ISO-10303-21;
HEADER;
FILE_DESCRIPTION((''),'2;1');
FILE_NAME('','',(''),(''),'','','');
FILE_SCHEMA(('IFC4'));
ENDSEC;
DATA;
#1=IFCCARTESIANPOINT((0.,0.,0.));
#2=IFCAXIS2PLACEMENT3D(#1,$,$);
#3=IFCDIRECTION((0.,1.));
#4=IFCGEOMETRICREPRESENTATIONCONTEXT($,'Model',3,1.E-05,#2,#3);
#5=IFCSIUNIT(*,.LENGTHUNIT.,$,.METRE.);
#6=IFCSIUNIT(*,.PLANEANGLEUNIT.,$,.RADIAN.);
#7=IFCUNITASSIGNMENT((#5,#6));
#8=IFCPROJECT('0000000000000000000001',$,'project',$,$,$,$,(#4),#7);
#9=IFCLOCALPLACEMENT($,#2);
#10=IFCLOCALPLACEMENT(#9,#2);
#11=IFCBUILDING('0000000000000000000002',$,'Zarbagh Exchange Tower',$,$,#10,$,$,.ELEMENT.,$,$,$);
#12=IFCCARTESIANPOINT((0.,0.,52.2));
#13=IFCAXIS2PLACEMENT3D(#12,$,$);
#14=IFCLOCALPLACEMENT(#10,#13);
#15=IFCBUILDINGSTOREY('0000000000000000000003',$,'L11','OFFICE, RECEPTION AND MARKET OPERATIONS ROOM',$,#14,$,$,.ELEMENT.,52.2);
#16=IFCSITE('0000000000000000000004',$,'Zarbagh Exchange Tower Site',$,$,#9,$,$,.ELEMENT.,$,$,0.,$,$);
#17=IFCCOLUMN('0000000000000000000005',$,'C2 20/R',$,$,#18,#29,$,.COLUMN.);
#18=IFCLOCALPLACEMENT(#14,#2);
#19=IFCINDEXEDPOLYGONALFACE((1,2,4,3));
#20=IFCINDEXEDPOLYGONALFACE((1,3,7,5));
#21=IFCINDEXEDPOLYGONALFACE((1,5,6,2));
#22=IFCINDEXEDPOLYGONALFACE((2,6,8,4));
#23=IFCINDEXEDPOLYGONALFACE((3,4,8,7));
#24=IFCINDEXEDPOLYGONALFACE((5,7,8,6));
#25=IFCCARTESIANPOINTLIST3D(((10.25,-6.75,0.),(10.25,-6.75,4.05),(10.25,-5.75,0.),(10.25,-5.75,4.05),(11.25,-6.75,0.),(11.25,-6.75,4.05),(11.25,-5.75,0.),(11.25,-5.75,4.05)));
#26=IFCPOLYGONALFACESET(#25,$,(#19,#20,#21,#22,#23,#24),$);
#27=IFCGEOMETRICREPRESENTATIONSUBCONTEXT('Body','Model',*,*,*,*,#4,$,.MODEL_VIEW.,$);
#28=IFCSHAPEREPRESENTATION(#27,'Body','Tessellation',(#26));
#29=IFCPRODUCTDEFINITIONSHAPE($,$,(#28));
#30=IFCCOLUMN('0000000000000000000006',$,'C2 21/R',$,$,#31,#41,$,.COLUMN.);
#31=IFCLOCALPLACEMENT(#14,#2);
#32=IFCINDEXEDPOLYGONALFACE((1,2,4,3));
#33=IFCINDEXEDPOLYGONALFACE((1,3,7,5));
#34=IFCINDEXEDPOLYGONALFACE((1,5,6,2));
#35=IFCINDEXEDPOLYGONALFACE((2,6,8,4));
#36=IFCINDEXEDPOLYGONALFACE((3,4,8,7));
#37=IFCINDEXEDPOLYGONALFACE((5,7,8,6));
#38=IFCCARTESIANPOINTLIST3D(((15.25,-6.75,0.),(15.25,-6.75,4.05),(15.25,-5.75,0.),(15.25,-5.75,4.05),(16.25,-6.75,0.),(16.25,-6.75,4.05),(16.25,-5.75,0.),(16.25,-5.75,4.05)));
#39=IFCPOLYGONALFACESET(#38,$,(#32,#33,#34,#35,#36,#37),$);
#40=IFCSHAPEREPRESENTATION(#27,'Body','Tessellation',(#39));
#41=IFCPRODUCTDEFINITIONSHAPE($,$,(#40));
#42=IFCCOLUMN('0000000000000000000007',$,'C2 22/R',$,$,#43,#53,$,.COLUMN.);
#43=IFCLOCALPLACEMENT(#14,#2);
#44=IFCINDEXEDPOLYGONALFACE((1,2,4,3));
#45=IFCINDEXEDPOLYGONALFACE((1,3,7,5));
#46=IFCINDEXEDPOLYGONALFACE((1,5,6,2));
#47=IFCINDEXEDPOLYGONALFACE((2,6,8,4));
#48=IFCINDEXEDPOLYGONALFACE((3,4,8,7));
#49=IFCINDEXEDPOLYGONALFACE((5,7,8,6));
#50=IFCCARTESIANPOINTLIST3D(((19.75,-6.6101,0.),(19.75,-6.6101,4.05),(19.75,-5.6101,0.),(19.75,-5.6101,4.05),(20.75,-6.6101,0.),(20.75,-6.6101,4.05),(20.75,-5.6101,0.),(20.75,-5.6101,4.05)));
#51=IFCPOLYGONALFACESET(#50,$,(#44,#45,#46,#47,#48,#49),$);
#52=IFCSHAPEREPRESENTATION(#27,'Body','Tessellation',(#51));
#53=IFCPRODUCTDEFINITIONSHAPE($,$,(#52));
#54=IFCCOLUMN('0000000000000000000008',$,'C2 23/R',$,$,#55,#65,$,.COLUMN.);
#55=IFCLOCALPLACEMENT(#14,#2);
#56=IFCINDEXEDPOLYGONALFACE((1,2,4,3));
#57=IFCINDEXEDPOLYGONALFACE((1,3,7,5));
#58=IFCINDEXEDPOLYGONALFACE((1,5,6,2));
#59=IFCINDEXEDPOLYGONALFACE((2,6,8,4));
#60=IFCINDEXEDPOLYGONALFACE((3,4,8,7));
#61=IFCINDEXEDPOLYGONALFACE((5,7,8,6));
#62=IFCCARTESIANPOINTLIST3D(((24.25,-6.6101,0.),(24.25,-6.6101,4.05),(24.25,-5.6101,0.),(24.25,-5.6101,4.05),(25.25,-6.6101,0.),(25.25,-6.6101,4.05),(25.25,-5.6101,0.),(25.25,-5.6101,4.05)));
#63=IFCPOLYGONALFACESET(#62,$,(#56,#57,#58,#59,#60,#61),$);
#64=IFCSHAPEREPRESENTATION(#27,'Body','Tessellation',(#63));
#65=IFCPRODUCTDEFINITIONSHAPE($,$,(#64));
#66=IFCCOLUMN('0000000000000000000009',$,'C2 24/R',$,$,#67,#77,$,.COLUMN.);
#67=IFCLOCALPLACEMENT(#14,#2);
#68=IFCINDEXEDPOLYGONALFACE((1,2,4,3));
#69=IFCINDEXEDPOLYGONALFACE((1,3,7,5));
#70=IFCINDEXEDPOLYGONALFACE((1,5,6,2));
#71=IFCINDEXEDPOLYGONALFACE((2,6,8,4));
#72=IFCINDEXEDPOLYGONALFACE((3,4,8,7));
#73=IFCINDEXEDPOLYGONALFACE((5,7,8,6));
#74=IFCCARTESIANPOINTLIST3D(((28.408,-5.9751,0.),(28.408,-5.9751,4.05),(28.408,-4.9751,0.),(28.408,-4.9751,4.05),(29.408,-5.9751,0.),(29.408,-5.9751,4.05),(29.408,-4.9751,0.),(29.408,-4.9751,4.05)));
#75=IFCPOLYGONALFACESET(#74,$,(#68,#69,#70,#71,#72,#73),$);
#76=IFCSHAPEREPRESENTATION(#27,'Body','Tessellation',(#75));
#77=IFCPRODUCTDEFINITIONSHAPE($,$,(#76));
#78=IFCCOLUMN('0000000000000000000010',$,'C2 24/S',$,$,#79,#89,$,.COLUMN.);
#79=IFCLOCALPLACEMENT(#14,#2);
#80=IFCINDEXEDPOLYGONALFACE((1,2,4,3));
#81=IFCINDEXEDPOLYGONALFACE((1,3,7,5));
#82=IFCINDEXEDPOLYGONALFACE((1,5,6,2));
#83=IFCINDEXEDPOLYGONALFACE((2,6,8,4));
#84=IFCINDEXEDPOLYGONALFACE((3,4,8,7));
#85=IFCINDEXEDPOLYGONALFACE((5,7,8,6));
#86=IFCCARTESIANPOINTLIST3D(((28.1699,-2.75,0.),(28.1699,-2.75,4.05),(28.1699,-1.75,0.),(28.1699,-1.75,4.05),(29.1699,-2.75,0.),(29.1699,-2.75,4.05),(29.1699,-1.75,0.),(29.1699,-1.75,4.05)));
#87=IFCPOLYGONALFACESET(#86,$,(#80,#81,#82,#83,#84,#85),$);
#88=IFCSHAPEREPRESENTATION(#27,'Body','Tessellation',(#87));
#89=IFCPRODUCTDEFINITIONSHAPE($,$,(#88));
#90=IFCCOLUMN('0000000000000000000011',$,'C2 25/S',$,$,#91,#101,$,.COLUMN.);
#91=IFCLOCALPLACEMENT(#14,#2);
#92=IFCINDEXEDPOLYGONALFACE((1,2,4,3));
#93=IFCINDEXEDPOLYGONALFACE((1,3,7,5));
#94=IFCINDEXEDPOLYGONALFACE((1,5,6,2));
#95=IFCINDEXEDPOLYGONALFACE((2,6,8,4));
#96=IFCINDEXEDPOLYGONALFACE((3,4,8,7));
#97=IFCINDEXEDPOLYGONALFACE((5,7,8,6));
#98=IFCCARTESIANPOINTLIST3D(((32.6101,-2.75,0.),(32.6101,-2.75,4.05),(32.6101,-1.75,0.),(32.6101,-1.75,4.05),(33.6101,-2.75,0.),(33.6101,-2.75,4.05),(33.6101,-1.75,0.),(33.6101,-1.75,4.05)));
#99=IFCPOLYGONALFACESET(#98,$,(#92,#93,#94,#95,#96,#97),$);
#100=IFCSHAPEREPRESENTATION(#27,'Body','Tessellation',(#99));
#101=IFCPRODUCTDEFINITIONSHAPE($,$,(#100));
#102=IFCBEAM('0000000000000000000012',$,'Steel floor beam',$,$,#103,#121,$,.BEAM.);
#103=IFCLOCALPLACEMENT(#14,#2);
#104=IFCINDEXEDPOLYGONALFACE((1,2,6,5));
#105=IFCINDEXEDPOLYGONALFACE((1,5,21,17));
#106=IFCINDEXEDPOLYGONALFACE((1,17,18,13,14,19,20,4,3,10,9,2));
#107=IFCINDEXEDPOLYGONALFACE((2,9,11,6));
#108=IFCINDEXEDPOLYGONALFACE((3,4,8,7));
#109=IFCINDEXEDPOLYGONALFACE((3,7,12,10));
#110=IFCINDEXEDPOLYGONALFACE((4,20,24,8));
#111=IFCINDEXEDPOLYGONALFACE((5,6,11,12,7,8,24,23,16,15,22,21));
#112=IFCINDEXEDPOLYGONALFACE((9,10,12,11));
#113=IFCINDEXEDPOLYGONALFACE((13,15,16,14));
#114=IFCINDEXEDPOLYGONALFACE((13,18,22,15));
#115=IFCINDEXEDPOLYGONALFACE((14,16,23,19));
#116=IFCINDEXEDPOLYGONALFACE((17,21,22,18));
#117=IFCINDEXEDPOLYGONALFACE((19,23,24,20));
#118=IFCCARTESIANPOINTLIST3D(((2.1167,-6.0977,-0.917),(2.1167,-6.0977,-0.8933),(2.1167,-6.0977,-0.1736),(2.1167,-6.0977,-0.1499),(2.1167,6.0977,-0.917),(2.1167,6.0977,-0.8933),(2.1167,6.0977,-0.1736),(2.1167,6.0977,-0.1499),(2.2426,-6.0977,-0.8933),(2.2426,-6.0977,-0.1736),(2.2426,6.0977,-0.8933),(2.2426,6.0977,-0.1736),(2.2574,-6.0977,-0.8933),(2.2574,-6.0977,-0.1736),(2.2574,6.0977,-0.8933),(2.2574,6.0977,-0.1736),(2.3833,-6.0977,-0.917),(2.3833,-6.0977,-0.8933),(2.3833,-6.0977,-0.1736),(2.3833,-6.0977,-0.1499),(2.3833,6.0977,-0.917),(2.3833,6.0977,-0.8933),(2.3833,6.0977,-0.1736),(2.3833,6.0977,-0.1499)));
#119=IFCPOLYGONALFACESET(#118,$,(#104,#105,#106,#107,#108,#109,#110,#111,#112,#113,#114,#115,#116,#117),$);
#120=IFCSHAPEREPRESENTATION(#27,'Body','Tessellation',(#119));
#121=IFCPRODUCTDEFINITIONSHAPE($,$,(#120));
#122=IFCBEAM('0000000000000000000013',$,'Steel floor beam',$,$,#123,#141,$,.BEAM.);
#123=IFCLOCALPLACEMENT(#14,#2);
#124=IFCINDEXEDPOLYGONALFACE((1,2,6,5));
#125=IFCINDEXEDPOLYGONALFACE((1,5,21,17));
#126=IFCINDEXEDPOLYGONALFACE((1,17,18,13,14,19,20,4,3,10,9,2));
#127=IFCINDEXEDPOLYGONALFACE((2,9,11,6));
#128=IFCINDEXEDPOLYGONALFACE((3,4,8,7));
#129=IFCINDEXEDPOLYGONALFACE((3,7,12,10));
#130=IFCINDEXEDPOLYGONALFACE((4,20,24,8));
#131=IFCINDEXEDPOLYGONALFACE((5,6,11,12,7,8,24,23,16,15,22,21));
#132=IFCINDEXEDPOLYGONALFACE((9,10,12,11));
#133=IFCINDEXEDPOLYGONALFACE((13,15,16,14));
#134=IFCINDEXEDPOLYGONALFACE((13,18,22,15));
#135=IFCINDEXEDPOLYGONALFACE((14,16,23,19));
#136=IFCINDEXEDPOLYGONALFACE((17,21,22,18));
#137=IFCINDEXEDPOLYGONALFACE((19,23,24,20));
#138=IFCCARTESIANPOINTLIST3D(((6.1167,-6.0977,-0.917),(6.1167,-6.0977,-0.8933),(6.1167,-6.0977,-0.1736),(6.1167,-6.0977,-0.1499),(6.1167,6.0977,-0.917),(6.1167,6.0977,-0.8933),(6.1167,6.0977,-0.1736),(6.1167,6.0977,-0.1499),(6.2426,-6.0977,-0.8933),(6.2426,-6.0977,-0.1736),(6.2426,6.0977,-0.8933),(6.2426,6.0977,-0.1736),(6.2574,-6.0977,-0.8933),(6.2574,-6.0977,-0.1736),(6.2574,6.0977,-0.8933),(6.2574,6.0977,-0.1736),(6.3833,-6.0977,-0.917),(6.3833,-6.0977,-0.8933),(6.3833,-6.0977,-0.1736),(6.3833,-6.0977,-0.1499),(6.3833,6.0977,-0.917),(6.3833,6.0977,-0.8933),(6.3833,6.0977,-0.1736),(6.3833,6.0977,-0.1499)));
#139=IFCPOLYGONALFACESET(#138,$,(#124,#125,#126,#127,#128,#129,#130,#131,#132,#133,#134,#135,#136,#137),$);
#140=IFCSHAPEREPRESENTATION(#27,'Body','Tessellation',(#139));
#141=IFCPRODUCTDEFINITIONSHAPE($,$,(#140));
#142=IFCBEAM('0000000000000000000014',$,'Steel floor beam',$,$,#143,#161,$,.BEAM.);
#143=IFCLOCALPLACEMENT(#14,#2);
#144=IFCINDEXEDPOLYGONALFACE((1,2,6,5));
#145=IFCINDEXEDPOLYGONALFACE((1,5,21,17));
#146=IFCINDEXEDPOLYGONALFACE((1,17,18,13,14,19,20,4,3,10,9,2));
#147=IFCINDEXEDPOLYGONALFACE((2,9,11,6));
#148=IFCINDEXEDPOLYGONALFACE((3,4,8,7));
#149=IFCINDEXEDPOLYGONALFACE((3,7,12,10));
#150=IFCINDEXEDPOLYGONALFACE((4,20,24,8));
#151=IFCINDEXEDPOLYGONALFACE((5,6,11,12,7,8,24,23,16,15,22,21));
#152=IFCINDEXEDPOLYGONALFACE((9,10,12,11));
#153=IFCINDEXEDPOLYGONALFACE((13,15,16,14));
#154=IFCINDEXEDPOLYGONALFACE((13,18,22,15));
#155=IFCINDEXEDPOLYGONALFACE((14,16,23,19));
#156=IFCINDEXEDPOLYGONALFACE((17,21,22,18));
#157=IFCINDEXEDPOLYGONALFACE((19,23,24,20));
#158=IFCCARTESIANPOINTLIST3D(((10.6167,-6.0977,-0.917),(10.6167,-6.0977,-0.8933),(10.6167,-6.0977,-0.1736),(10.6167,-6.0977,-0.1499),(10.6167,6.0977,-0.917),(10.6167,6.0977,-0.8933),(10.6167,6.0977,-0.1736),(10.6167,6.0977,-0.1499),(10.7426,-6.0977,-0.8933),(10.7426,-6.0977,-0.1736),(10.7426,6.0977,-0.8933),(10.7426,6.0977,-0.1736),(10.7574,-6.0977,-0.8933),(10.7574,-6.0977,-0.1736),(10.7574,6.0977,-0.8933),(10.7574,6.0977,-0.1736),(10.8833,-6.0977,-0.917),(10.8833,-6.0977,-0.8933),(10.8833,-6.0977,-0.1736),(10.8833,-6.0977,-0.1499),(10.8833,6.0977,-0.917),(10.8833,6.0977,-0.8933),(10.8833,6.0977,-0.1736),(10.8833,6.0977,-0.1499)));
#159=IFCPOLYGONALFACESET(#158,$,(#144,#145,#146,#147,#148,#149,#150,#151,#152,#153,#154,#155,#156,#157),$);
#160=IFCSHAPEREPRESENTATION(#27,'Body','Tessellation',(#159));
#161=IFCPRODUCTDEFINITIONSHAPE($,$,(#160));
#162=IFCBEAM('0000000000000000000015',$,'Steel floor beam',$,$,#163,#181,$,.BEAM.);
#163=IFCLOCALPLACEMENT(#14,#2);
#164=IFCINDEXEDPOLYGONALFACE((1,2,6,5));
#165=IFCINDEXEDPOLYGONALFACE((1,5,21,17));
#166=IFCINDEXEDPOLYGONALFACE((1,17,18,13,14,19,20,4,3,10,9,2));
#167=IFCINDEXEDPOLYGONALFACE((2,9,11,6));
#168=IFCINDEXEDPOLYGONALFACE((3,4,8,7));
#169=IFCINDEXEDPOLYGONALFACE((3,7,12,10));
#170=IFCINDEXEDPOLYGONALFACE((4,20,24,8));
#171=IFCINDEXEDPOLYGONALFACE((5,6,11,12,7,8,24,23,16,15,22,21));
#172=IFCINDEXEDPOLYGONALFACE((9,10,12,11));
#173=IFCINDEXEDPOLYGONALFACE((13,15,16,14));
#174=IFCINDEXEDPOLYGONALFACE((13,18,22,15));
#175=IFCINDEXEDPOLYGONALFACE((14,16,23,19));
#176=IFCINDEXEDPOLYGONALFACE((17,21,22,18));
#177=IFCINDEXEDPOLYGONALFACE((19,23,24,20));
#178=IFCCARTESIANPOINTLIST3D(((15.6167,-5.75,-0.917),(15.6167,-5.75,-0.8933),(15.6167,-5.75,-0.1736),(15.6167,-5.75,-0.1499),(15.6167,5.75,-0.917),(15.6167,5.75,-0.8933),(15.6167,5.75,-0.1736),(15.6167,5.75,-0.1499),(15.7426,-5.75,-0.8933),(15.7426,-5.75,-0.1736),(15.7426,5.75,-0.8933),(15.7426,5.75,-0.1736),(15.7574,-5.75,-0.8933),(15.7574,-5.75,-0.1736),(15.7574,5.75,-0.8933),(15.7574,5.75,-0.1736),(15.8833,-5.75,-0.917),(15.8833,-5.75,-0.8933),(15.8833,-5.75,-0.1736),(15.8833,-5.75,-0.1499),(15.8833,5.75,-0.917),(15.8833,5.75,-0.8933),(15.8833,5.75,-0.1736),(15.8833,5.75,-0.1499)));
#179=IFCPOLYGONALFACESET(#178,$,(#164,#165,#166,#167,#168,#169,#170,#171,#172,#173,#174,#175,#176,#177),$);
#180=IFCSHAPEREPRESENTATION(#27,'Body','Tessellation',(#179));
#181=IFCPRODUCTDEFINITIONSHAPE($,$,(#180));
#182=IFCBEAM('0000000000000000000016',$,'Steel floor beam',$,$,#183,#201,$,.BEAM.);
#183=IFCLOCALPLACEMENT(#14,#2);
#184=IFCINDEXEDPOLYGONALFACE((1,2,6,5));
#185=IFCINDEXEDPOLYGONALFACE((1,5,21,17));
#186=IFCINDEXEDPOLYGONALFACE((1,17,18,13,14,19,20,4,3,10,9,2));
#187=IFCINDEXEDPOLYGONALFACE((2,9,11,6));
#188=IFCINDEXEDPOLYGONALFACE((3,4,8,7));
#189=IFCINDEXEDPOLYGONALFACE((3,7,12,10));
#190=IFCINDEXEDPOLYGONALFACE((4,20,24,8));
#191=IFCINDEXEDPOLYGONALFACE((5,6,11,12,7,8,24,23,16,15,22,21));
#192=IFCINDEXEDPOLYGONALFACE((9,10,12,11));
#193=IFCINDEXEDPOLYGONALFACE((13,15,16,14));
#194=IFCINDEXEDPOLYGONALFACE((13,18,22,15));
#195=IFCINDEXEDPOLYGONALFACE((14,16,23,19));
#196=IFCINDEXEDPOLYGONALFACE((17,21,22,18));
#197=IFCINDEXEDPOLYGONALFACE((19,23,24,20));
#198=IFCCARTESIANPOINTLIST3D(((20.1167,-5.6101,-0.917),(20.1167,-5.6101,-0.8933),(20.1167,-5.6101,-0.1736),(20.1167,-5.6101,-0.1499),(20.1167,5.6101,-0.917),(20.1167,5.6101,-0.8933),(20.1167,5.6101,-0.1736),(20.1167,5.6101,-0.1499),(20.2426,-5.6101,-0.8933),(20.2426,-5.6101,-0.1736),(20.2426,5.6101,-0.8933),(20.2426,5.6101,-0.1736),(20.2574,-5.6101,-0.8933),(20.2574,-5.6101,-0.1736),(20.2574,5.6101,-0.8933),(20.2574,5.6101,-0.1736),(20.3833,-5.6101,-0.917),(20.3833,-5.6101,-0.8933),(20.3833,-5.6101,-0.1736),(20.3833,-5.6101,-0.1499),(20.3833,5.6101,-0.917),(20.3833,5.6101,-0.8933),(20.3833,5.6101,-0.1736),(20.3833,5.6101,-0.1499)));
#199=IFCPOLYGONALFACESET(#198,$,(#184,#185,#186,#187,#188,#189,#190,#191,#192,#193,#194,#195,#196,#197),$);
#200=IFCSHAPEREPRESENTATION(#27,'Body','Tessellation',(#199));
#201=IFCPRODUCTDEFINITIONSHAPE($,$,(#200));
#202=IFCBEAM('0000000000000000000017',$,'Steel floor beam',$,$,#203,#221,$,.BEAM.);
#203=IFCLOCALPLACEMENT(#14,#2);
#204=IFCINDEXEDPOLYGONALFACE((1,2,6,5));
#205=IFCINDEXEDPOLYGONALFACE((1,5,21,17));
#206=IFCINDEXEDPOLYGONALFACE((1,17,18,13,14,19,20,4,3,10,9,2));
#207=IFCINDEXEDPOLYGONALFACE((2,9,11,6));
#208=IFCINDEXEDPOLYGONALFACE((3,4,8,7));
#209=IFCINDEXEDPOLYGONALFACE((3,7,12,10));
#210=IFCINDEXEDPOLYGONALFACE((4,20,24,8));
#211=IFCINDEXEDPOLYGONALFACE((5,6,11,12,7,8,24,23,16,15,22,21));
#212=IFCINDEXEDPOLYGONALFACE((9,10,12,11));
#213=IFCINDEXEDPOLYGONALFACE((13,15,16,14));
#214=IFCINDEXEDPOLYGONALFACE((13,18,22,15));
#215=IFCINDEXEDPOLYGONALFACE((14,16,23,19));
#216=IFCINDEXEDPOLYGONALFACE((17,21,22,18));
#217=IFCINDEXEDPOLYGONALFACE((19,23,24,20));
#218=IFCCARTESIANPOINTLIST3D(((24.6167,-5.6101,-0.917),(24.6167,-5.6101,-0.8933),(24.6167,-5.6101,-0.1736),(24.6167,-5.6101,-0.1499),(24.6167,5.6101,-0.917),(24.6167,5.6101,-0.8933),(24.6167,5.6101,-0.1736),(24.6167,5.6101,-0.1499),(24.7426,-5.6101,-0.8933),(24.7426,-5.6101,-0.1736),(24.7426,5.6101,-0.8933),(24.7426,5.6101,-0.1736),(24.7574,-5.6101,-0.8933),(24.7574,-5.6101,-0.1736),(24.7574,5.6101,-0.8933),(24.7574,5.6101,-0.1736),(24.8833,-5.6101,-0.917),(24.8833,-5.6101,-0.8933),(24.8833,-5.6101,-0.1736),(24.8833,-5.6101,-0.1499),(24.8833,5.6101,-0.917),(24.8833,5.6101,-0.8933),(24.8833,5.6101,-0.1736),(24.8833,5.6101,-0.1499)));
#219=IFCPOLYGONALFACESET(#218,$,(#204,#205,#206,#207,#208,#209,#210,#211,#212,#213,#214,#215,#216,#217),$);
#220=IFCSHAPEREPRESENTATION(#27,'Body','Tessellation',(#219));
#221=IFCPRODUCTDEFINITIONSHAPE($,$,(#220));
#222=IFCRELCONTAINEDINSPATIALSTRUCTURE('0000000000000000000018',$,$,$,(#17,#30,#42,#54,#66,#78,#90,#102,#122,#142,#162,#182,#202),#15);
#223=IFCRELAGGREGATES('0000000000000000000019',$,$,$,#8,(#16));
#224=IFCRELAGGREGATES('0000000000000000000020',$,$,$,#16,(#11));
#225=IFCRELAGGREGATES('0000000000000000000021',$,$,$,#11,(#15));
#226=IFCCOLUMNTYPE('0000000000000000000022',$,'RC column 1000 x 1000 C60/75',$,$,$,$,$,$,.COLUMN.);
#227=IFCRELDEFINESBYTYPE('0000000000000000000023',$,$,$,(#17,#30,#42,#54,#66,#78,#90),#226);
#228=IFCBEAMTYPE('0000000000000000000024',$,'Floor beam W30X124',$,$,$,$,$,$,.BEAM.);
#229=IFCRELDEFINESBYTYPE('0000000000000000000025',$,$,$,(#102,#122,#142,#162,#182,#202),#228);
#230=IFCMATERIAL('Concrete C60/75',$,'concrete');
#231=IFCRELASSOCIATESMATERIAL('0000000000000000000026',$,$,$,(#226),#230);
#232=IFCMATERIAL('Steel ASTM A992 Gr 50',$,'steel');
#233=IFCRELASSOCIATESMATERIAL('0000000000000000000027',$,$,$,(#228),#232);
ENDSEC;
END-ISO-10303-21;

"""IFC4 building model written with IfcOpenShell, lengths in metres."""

from ifc_helpers import new_model, si_unit, direction, frame, origin, origin_2d, place, context, subcontext, project, spatial, rectangle, i_section, extrude, material, material_profile, profile_set, type_object, element, save


model = new_model("IFC4")

# Units and contexts
model_context = context("Model", 3, precision=1e-05, world=origin(), true_north=direction((0.0, 1.0)))
body_context = subcontext(model_context, "Body", "Model", "MODEL_VIEW")
ifc_project = project(units=[si_unit("LENGTHUNIT", "METRE"), si_unit("PLANEANGLEUNIT", "RADIAN")], contexts=[model_context])

# Site, building, storey
site_placement = place(None, origin())
site = spatial("IfcSite", under=ifc_project, at=site_placement, Name="Zarbagh Exchange Tower Site", CompositionType="ELEMENT", RefElevation=0.0)
building_placement = place(site_placement, origin())
building = spatial("IfcBuilding", under=site, at=building_placement, Name="Zarbagh Exchange Tower", CompositionType="ELEMENT")
storey_placement = place(building_placement, frame((0.0, 0.0, 52.2)))
storey = spatial("IfcBuildingStorey", under=building, at=storey_placement, Name="L11", Description="OFFICE, RECEPTION AND MARKET OPERATIONS ROOM", CompositionType="ELEMENT", Elevation=52.2)

# Columns
ifc_material_1 = material(Name="Concrete C60/75", Category="concrete")
ifc_material_profile_1 = material_profile(ifc_material_1, rectangle(XDim=1.0, YDim=1.0, at=origin_2d()), Name="RC column 1000 x 1000 C60/75")
ifc_profile_set_1 = profile_set([ifc_material_profile_1], Name="Concrete C60/75")
column_type = type_object("IfcColumnType", Name="RC column 1000 x 1000 C60/75", PredefinedType="COLUMN", material=ifc_profile_set_1)
for number, where, z_axis, x_axis, name in (
    (1, (10.75, -6.25, 0.0), (0.0, 0.0, 1.0), (1.0, 0.0, 0.0), "C2 20/R"),
    (2, (15.75, -6.25, 0.0), (0.0, 0.0, 1.0), (1.0, 0.0, 0.0), "C2 21/R"),
    (3, (20.25, -6.1101, 0.0), (0.0, 0.0, 1.0), (1.0, 0.0, 0.0), "C2 22/R"),
    (4, (24.75, -6.1101, 0.0), (0.0, 0.0, 1.0), (1.0, 0.0, 0.0), "C2 23/R"),
    (5, (28.908, -5.4751, 0.0), (0.0, 0.0, 1.0), (1.0, 0.0, 0.0), "C2 24/R"),
    (6, (28.6699, -2.25, 0.0), (0.0, 0.0, 1.0), (1.0, 0.0, 0.0), "C2 24/S"),
    (7, (33.1101, -2.25, 0.0), (0.0, 0.0, 1.0), (1.0, 0.0, 0.0), "C2 25/S"),
):
    element("IfcColumn", number, at=place(storey_placement, frame(where, z_axis=z_axis, x_axis=x_axis)), inside=storey, type_object=column_type, Name=name, PredefinedType="COLUMN", context=body_context, shape_type="SweptSolid", body=[
        extrude(rectangle(XDim=1.0, YDim=1.0, at=origin_2d()), origin(), (0.0, 0.0, 1.0), 4.05),
    ])

# Beams
ifc_material_2 = material(Name="Steel ASTM A992 Gr 50", Category="steel")
ifc_material_profile_2 = material_profile(ifc_material_2, i_section(OverallWidth=0.2666, OverallDepth=0.7671, WebThickness=0.0149, FlangeThickness=0.0237, at=origin_2d()), Name="W30X124")
ifc_profile_set_2 = profile_set([ifc_material_profile_2], Name="Steel ASTM A992 Gr 50")
beam_type_1 = type_object("IfcBeamType", Name="Floor beam W30X124", PredefinedType="BEAM", material=ifc_profile_set_2)
for number, where, z_axis, x_axis, name in (
    (8, (2.25, -6.0977, -0.5334), (0.0, 1.0, 0.0), (-1.0, 0.0, 0.0), "Steel floor beam"),
    (9, (6.25, -6.0977, -0.5334), (0.0, 1.0, 0.0), (-1.0, 0.0, 0.0), "Steel floor beam"),
    (10, (10.75, -6.0977, -0.5334), (0.0, 1.0, 0.0), (-1.0, 0.0, 0.0), "Steel floor beam"),
):
    element("IfcBeam", number, at=place(storey_placement, frame(where, z_axis=z_axis, x_axis=x_axis)), inside=storey, type_object=beam_type_1, Name=name, PredefinedType="BEAM", context=body_context, shape_type="SweptSolid", body=[
        extrude(i_section(OverallWidth=0.2666, OverallDepth=0.7671, WebThickness=0.0149, FlangeThickness=0.0237, at=origin_2d()), origin(), (0.0, 0.0, 1.0), 12.1953),
    ])
beam_1_placement = place(storey_placement, frame((15.75, -5.75, -0.5334), z_axis=(0.0, 1.0, 0.0), x_axis=(-1.0, 0.0, 0.0)))
element("IfcBeam", 11, at=beam_1_placement, inside=storey, type_object=beam_type_1, Name="Steel floor beam", PredefinedType="BEAM", context=body_context, shape_type="SweptSolid", body=[
    extrude(i_section(OverallWidth=0.2666, OverallDepth=0.7671, WebThickness=0.0149, FlangeThickness=0.0237, at=origin_2d()), origin(), (0.0, 0.0, 1.0), 11.5),
])
for number, where, z_axis, x_axis, name in (
    (12, (20.25, -5.6101, -0.5334), (0.0, 1.0, 0.0), (-1.0, 0.0, 0.0), "Steel floor beam"),
    (13, (24.75, -5.6101, -0.5334), (0.0, 1.0, 0.0), (-1.0, 0.0, 0.0), "Steel floor beam"),
):
    element("IfcBeam", number, at=place(storey_placement, frame(where, z_axis=z_axis, x_axis=x_axis)), inside=storey, type_object=beam_type_1, Name=name, PredefinedType="BEAM", context=body_context, shape_type="SweptSolid", body=[
        extrude(i_section(OverallWidth=0.2666, OverallDepth=0.7671, WebThickness=0.0149, FlangeThickness=0.0237, at=origin_2d()), origin(), (0.0, 0.0, 1.0), 11.2202),
    ])

save(model, "model.ifc")
